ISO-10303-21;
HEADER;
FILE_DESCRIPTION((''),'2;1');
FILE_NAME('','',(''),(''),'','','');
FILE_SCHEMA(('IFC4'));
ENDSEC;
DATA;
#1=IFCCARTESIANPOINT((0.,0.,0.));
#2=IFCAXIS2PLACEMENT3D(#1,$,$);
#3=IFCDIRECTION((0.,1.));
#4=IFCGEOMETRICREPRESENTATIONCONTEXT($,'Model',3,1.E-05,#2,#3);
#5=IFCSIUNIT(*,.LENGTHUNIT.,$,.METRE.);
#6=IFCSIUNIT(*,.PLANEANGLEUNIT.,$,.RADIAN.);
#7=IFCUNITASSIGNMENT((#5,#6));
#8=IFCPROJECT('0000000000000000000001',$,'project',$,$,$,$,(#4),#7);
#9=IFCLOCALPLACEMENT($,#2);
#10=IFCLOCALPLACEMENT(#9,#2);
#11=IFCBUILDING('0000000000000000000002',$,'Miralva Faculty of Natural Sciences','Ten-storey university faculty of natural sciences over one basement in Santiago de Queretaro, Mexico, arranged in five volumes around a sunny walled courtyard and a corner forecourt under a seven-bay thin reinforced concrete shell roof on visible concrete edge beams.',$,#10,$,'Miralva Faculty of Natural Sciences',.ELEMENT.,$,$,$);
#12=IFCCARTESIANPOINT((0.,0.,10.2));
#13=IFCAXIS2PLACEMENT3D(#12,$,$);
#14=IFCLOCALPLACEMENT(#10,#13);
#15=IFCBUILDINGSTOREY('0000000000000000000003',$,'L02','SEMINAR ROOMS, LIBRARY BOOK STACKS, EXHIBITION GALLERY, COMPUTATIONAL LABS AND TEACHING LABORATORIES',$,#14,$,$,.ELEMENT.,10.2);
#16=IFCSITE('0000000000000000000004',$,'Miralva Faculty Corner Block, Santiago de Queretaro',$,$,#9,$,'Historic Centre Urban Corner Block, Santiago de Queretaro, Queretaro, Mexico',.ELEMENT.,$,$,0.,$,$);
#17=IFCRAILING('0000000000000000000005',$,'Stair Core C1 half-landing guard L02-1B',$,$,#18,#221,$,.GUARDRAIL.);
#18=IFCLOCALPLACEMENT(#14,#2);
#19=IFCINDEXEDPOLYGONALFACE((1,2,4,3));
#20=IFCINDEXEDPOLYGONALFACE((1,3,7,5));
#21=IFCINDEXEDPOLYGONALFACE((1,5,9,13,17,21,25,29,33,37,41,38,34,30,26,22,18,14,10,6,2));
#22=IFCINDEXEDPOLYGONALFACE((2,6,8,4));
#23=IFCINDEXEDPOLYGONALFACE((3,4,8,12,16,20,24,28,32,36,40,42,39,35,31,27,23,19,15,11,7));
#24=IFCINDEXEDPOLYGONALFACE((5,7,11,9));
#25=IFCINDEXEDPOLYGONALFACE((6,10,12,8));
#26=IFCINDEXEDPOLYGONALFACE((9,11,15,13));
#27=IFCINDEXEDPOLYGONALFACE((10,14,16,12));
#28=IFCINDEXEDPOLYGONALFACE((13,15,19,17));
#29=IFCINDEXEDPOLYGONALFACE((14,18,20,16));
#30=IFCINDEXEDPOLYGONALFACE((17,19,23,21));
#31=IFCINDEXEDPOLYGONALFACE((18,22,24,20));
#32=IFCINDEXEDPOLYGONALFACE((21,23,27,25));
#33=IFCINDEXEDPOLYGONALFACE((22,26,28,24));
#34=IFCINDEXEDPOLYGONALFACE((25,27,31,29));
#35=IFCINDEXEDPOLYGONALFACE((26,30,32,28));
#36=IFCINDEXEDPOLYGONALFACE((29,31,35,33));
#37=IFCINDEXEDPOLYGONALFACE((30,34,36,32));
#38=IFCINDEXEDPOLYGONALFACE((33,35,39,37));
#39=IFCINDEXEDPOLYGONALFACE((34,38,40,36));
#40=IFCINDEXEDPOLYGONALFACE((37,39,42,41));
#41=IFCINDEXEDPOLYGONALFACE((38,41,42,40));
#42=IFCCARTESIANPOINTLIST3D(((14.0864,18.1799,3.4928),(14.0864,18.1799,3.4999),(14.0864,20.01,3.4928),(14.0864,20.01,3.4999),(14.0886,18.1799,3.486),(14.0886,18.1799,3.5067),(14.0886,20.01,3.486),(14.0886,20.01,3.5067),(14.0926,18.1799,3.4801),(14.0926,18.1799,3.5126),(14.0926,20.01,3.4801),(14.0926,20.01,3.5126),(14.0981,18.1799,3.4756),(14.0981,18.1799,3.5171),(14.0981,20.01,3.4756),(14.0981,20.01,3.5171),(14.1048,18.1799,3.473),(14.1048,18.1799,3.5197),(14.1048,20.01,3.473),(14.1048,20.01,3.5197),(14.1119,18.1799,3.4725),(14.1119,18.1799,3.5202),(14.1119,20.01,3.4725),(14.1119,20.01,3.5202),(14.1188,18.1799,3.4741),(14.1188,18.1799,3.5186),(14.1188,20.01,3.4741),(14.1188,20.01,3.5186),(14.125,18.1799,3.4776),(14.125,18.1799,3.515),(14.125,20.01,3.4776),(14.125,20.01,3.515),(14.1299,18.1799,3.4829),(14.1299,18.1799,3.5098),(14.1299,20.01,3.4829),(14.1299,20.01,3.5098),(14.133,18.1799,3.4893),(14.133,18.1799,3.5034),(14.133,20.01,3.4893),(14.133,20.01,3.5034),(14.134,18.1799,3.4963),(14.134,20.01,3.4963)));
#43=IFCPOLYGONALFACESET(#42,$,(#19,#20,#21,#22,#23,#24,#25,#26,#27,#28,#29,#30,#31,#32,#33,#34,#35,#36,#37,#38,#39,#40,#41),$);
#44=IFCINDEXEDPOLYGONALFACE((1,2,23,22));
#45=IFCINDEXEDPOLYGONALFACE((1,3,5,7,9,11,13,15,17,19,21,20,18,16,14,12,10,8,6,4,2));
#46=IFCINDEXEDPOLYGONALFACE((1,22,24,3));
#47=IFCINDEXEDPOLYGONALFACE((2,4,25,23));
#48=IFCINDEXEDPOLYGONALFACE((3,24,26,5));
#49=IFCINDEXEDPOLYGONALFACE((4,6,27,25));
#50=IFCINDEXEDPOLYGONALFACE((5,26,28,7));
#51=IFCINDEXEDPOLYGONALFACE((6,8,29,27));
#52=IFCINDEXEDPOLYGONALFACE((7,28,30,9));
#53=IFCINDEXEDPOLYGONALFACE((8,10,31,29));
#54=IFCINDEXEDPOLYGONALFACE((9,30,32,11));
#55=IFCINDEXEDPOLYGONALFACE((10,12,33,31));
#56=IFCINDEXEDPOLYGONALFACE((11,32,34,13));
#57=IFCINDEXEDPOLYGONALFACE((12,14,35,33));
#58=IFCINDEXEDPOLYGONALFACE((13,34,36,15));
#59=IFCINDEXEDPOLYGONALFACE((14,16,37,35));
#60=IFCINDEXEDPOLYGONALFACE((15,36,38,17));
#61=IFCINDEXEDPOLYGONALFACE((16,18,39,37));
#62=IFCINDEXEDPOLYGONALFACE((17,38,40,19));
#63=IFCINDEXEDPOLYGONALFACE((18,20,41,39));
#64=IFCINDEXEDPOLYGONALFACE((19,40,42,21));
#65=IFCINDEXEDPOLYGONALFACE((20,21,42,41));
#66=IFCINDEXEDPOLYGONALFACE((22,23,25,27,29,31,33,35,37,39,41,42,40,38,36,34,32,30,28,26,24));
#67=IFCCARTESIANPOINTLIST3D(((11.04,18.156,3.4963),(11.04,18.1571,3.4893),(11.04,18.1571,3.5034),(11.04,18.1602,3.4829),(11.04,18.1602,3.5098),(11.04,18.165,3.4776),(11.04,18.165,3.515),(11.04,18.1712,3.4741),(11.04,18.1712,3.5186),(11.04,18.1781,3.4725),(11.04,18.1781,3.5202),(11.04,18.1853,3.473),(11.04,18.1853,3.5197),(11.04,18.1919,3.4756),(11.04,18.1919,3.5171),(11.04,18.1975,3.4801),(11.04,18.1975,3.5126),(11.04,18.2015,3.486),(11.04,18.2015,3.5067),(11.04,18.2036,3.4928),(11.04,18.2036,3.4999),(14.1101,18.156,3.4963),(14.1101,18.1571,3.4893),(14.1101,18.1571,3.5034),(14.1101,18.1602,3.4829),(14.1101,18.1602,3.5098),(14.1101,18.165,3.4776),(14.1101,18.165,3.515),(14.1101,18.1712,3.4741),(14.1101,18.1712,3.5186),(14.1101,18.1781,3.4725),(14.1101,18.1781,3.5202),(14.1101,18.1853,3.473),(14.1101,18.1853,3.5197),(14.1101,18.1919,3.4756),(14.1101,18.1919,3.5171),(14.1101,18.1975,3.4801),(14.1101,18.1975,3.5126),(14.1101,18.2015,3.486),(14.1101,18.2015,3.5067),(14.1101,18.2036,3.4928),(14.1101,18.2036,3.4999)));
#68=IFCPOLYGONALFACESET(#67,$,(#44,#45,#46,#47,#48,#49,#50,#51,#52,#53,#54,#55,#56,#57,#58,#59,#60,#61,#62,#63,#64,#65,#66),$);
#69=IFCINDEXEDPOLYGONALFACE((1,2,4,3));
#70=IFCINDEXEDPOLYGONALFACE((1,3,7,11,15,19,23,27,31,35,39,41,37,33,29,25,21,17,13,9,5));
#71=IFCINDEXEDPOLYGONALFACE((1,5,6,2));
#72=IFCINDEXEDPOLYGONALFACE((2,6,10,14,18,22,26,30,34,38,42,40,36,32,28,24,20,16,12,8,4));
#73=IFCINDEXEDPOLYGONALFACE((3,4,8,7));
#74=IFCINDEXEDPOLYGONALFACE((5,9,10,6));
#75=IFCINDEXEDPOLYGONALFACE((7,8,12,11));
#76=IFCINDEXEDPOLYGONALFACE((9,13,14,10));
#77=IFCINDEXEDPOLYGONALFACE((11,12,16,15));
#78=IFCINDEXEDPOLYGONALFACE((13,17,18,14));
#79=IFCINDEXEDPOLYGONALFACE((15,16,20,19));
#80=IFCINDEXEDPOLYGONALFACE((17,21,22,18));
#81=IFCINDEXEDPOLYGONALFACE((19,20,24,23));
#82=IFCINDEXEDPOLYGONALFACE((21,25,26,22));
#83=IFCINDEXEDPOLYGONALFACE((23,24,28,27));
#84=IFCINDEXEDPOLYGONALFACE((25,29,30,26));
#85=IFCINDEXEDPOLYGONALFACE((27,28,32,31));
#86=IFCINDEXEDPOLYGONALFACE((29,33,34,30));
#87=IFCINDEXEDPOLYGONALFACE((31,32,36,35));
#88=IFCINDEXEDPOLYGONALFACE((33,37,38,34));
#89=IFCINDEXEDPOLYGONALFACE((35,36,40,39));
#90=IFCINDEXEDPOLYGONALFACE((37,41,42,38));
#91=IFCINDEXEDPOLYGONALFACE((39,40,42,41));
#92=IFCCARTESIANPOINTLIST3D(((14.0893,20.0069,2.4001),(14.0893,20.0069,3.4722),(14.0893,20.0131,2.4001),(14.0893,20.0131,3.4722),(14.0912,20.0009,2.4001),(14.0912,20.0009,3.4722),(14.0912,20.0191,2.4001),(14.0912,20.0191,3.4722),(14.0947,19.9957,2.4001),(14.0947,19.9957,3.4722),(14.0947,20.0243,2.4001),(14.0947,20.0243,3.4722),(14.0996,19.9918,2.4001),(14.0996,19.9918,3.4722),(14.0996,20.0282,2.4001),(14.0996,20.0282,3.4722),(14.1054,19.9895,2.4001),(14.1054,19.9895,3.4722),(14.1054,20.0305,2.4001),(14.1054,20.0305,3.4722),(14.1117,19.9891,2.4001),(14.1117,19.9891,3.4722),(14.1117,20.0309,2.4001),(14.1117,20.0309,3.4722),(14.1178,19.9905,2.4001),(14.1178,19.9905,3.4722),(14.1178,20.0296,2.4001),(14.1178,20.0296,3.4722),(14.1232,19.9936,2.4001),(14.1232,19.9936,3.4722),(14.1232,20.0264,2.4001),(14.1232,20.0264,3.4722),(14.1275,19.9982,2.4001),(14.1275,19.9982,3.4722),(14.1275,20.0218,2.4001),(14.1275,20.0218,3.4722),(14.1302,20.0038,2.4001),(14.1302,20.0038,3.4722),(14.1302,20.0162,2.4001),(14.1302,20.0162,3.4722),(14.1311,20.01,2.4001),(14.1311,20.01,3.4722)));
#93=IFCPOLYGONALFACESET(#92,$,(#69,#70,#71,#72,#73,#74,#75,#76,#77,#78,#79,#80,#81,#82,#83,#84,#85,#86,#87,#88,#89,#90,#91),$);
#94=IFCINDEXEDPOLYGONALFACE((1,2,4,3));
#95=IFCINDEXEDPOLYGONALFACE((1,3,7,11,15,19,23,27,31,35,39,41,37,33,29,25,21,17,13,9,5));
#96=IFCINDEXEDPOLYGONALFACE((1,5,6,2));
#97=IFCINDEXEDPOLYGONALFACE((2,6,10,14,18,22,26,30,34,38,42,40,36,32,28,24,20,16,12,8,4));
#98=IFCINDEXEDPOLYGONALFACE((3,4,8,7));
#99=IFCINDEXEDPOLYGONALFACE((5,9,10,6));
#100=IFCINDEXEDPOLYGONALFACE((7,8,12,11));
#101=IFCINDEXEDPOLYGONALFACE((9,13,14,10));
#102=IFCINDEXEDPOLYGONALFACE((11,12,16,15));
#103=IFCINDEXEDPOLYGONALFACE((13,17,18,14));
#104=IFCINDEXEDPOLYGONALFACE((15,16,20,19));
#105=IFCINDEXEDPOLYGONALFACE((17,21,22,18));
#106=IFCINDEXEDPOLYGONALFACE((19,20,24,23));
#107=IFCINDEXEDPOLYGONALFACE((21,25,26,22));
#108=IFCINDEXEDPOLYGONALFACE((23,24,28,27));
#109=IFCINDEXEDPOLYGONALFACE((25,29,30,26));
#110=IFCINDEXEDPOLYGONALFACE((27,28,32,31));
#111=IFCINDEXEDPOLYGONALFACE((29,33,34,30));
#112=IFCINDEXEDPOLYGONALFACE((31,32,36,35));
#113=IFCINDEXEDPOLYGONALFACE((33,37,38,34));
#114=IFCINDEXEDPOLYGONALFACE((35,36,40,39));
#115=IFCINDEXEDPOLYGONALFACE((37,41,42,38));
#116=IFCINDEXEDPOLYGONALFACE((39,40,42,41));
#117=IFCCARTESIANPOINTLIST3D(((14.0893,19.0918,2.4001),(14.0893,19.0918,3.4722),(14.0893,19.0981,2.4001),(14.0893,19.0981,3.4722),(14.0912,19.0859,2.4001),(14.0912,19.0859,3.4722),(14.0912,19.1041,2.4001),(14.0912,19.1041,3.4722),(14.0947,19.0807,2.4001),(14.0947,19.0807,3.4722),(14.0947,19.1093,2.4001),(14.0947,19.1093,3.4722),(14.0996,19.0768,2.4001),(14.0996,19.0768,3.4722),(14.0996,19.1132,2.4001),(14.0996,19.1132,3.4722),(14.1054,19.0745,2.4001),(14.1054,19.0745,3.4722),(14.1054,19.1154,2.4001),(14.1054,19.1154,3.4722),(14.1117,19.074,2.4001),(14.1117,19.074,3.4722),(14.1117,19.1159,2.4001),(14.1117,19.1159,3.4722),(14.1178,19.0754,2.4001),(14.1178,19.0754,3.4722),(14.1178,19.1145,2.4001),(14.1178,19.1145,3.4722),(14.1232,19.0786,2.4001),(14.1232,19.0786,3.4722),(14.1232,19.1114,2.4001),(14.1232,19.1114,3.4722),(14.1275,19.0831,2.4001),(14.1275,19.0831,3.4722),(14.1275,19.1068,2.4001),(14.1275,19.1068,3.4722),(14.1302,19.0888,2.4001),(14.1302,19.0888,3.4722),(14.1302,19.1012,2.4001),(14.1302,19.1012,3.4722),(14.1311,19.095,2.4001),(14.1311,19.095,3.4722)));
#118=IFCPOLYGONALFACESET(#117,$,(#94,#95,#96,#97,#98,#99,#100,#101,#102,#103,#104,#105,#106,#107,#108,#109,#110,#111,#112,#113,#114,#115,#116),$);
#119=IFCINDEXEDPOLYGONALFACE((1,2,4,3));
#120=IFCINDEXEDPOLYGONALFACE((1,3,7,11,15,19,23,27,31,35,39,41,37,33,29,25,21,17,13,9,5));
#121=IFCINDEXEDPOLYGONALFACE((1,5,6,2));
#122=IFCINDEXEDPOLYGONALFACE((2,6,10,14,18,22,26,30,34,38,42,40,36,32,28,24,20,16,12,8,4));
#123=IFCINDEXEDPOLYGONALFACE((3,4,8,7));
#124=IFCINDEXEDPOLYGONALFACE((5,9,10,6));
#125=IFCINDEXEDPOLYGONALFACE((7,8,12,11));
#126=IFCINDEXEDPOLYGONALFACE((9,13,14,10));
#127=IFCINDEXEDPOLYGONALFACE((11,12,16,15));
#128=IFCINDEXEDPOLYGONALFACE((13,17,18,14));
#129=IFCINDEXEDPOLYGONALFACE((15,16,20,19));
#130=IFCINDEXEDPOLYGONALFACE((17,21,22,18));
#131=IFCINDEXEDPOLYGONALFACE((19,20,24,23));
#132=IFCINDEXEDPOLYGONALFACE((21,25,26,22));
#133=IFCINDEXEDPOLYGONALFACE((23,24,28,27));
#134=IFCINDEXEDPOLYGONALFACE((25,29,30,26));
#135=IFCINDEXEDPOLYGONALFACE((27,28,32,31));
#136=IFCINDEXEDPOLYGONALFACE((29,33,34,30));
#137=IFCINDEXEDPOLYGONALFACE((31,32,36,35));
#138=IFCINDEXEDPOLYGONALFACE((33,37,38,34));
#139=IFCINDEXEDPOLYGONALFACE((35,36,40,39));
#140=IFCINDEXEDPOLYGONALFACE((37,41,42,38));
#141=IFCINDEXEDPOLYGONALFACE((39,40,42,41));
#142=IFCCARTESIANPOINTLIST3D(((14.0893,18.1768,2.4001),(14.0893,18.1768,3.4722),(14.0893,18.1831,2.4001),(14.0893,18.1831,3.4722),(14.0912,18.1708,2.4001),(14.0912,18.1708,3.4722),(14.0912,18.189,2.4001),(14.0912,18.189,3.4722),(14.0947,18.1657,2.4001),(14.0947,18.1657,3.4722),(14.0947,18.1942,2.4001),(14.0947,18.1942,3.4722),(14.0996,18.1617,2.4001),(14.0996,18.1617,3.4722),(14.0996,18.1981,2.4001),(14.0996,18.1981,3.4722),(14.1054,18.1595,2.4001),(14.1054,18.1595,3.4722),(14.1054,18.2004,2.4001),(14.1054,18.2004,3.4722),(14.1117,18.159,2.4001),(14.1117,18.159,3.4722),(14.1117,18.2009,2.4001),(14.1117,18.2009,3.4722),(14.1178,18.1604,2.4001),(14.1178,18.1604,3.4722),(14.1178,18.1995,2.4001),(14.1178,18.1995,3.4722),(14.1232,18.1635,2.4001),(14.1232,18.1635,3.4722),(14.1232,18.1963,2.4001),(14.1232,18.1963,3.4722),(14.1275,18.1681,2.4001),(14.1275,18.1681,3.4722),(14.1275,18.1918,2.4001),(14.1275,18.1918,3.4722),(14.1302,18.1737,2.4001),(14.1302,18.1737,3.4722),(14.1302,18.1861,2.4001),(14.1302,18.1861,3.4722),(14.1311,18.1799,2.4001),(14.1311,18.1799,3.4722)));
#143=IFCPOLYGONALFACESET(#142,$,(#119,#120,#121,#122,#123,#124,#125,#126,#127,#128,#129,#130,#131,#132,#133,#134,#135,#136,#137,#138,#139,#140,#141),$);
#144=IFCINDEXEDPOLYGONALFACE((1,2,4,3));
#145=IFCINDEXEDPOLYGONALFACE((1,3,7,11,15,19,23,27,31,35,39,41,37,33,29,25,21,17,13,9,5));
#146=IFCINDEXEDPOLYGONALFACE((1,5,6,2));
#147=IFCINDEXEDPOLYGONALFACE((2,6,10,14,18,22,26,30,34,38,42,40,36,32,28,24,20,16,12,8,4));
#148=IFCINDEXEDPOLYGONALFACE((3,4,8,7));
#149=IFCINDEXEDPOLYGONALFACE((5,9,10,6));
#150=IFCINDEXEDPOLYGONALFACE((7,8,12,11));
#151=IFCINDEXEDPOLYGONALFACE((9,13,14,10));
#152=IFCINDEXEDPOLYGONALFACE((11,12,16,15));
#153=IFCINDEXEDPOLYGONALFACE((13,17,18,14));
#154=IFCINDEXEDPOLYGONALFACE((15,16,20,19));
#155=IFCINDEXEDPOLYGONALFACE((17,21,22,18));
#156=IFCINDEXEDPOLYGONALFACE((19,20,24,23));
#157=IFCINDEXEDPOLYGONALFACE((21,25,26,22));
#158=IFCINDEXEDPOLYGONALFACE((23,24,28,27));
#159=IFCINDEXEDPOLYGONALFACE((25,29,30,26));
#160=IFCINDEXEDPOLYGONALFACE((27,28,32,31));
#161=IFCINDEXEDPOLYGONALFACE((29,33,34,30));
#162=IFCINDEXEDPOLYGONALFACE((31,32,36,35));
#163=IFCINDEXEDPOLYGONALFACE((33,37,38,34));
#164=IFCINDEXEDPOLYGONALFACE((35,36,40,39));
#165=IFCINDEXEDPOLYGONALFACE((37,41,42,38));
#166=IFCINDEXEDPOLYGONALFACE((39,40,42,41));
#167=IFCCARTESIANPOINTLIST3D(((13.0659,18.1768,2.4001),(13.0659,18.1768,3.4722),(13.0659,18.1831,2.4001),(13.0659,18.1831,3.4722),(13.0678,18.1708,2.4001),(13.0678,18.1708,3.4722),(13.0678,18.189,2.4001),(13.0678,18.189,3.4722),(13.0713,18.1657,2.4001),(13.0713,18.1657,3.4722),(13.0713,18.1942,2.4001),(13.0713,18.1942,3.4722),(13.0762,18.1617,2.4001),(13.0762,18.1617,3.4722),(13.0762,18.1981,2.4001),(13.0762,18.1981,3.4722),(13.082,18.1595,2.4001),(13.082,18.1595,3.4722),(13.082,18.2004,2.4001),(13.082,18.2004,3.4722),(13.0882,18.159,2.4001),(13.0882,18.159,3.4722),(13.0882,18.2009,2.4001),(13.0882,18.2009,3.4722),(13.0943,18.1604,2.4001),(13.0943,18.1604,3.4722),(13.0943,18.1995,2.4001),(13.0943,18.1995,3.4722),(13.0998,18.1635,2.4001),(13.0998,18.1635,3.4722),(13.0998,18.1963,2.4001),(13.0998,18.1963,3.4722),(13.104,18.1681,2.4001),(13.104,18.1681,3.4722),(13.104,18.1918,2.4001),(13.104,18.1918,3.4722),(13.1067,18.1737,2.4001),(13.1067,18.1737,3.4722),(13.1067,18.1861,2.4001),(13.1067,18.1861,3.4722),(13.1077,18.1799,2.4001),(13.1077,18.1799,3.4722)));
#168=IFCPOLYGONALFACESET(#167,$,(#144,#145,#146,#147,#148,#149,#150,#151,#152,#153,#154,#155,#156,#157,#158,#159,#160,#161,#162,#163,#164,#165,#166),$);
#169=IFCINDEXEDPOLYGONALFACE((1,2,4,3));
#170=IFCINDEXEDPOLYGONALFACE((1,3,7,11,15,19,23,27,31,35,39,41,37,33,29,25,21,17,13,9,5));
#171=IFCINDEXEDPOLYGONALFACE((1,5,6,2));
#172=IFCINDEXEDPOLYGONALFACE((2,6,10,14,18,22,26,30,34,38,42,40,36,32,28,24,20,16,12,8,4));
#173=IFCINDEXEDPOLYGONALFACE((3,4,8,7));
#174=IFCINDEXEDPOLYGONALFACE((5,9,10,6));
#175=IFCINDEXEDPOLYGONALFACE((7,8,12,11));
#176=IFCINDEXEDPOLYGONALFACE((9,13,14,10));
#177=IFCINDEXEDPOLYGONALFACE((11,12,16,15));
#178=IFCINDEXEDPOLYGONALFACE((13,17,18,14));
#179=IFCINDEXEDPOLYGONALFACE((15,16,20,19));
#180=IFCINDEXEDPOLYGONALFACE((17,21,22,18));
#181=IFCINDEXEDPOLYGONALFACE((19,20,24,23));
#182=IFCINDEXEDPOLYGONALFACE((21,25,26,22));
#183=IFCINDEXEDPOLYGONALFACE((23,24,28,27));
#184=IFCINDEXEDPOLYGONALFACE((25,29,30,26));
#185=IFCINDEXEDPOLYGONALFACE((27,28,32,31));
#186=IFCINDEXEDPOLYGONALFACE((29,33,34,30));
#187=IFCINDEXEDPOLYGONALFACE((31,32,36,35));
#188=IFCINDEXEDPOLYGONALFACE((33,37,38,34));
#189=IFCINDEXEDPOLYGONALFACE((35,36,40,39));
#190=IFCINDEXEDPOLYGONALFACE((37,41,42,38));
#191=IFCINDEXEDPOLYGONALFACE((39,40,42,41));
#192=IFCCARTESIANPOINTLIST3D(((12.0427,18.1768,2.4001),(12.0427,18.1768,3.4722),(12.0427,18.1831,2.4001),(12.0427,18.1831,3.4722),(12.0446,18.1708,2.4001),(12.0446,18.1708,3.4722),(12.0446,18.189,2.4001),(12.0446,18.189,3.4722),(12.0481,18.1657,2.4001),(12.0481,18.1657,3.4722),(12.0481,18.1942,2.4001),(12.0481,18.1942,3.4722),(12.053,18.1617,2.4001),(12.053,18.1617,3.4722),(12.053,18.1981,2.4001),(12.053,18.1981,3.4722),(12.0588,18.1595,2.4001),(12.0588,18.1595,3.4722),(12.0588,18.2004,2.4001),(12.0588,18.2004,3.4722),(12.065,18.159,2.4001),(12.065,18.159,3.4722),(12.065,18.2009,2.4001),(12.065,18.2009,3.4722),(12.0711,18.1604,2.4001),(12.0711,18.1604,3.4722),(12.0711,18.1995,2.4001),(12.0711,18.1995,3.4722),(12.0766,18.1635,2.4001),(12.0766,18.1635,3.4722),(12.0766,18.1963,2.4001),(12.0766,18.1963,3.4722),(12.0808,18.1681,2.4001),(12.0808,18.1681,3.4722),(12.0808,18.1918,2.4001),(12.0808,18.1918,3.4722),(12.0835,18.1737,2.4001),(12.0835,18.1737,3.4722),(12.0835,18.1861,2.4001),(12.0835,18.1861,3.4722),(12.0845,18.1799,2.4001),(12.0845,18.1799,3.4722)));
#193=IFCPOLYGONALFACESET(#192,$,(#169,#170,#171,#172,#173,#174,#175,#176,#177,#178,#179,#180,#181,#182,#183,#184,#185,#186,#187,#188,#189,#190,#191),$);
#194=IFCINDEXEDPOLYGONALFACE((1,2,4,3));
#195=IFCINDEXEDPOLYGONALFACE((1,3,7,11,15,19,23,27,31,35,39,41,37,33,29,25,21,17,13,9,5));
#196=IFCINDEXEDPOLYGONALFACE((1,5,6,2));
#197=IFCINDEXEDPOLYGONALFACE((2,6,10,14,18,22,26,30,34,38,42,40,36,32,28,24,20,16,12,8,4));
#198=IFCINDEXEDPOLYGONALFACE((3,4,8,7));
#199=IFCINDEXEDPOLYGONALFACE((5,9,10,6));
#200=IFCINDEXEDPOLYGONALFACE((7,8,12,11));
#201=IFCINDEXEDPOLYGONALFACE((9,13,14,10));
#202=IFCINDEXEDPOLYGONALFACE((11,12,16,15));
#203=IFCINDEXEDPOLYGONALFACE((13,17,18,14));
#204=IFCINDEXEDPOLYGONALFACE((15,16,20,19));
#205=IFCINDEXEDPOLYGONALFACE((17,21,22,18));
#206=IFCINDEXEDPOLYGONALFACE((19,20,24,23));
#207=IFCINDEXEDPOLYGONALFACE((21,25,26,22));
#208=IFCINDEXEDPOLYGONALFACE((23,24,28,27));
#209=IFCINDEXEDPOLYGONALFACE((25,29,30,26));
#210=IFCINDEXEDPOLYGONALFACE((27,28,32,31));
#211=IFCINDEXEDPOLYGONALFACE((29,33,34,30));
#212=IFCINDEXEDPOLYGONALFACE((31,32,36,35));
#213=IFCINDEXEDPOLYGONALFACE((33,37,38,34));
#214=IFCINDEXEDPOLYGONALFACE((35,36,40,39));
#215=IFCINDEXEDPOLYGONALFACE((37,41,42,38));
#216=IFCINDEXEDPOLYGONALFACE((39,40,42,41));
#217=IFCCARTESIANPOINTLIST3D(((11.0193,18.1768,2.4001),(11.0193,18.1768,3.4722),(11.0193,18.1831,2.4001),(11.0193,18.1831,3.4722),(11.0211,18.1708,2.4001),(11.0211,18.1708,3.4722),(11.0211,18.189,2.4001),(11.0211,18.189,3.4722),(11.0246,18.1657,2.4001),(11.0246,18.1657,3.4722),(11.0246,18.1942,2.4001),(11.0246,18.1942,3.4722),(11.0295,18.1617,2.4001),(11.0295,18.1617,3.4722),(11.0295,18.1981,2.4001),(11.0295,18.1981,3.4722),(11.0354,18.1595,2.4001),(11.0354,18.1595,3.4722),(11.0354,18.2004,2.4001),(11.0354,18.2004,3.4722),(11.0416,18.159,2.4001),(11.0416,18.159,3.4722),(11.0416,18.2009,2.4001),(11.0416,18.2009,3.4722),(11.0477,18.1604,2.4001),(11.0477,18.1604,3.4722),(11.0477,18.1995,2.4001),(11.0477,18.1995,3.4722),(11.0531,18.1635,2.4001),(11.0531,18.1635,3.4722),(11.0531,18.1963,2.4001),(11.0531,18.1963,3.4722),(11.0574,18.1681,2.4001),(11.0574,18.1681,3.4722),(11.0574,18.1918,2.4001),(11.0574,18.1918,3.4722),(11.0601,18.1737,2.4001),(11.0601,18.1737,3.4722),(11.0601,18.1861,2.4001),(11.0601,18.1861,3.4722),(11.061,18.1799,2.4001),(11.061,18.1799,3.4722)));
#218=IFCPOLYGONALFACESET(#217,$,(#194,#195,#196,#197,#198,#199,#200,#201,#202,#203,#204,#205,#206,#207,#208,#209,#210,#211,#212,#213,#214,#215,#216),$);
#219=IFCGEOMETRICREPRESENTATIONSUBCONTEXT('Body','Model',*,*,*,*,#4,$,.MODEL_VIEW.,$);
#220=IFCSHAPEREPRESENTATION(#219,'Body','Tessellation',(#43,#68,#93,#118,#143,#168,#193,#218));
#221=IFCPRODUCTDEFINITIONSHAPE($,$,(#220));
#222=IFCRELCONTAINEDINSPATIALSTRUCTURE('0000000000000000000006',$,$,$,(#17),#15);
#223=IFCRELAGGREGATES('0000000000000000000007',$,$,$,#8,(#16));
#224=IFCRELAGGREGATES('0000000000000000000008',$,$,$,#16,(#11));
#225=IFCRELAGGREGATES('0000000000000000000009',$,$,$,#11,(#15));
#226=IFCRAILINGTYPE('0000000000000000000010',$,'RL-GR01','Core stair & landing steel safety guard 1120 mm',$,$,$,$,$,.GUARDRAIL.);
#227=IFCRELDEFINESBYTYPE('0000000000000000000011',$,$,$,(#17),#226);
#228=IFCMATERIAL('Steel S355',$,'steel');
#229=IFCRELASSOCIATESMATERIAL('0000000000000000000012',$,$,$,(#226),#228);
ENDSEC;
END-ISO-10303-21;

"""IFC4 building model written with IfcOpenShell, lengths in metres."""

from ifc_helpers import new_model, si_unit, direction, frame, origin, origin_2d, place, context, subcontext, project, spatial, circle, extrude, material, type_object, element, save


model = new_model("IFC4")

# Units and contexts
model_context = context("Model", 3, precision=1e-05, world=origin(), true_north=direction((0.0, 1.0)))
body_context = subcontext(model_context, "Body", "Model", "MODEL_VIEW")
ifc_project = project(units=[si_unit("LENGTHUNIT", "METRE"), si_unit("PLANEANGLEUNIT", "RADIAN")], contexts=[model_context])

# Site, building, storey
site_placement = place(None, origin())
site = spatial("IfcSite", under=ifc_project, at=site_placement, Name="Miralva Faculty Corner Block, Santiago de Queretaro", LongName="Historic Centre Urban Corner Block, Santiago de Queretaro, Queretaro, Mexico", CompositionType="ELEMENT", RefElevation=0.0)
building_placement = place(site_placement, origin())
building = spatial("IfcBuilding", under=site, at=building_placement, Name="Miralva Faculty of Natural Sciences", Description="Ten-storey university faculty of natural sciences over one basement in Santiago de Queretaro, Mexico, arranged in five volumes around a sunny walled courtyard and a corner forecourt under a seven-bay thin reinforced concrete shell roof on visible concrete edge beams.", LongName="Miralva Faculty of Natural Sciences", CompositionType="ELEMENT")
storey_placement = place(building_placement, frame((0.0, 0.0, 10.2)))
storey = spatial("IfcBuildingStorey", under=building, at=storey_placement, Name="L02", Description="SEMINAR ROOMS, LIBRARY BOOK STACKS, EXHIBITION GALLERY, COMPUTATIONAL LABS AND TEACHING LABORATORIES", CompositionType="ELEMENT", Elevation=10.2)

# Railing
ifc_material_1 = material(Name="Steel S355", Category="steel")
railing_type_1 = type_object("IfcRailingType", Name="RL-GR01", Description="Core stair & landing steel safety guard 1120 mm", PredefinedType="GUARDRAIL", material=ifc_material_1)
railing_1_placement = place(storey_placement, frame((14.1101, 20.01, 2.4001)))
element("IfcRailing", 1, at=railing_1_placement, inside=storey, type_object=railing_type_1, Name="Stair Core C1 half-landing guard L02-1B", PredefinedType="GUARDRAIL", context=body_context, shape_type="SweptSolid", body=[
    extrude(circle(Radius=0.0239, at=origin_2d()), frame((0.0, 0.0, 1.0962), z_axis=(0.0, -1.0, 0.0), x_axis=(1.0, 0.0, 0.0)), (0.0, 0.0, 1.0), 1.8301),
    extrude(circle(Radius=0.0239, at=origin_2d()), frame((0.0, -1.8301, 1.0962), z_axis=(-1.0, 0.0, 0.0), x_axis=(0.0, -1.0, 0.0)), (0.0, 0.0, 1.0), 3.0701),
    extrude(circle(Radius=0.021, at=origin_2d()), origin(), (0.0, 0.0, 1.0), 1.072),
    extrude(circle(Radius=0.021, at=origin_2d()), frame((0.0, -0.915, 0.0)), (0.0, 0.0, 1.0), 1.072),
    extrude(circle(Radius=0.021, at=origin_2d()), frame((0.0, -1.8301, 0.0)), (0.0, 0.0, 1.0), 1.072),
    extrude(circle(Radius=0.021, at=origin_2d()), frame((-1.0234, -1.8301, 0.0)), (0.0, 0.0, 1.0), 1.072),
    extrude(circle(Radius=0.021, at=origin_2d()), frame((-2.0466, -1.8301, 0.0)), (0.0, 0.0, 1.0), 1.072),
    extrude(circle(Radius=0.021, at=origin_2d()), frame((-3.0701, -1.8301, 0.0)), (0.0, 0.0, 1.0), 1.072),
])

save(model, "model.ifc")
